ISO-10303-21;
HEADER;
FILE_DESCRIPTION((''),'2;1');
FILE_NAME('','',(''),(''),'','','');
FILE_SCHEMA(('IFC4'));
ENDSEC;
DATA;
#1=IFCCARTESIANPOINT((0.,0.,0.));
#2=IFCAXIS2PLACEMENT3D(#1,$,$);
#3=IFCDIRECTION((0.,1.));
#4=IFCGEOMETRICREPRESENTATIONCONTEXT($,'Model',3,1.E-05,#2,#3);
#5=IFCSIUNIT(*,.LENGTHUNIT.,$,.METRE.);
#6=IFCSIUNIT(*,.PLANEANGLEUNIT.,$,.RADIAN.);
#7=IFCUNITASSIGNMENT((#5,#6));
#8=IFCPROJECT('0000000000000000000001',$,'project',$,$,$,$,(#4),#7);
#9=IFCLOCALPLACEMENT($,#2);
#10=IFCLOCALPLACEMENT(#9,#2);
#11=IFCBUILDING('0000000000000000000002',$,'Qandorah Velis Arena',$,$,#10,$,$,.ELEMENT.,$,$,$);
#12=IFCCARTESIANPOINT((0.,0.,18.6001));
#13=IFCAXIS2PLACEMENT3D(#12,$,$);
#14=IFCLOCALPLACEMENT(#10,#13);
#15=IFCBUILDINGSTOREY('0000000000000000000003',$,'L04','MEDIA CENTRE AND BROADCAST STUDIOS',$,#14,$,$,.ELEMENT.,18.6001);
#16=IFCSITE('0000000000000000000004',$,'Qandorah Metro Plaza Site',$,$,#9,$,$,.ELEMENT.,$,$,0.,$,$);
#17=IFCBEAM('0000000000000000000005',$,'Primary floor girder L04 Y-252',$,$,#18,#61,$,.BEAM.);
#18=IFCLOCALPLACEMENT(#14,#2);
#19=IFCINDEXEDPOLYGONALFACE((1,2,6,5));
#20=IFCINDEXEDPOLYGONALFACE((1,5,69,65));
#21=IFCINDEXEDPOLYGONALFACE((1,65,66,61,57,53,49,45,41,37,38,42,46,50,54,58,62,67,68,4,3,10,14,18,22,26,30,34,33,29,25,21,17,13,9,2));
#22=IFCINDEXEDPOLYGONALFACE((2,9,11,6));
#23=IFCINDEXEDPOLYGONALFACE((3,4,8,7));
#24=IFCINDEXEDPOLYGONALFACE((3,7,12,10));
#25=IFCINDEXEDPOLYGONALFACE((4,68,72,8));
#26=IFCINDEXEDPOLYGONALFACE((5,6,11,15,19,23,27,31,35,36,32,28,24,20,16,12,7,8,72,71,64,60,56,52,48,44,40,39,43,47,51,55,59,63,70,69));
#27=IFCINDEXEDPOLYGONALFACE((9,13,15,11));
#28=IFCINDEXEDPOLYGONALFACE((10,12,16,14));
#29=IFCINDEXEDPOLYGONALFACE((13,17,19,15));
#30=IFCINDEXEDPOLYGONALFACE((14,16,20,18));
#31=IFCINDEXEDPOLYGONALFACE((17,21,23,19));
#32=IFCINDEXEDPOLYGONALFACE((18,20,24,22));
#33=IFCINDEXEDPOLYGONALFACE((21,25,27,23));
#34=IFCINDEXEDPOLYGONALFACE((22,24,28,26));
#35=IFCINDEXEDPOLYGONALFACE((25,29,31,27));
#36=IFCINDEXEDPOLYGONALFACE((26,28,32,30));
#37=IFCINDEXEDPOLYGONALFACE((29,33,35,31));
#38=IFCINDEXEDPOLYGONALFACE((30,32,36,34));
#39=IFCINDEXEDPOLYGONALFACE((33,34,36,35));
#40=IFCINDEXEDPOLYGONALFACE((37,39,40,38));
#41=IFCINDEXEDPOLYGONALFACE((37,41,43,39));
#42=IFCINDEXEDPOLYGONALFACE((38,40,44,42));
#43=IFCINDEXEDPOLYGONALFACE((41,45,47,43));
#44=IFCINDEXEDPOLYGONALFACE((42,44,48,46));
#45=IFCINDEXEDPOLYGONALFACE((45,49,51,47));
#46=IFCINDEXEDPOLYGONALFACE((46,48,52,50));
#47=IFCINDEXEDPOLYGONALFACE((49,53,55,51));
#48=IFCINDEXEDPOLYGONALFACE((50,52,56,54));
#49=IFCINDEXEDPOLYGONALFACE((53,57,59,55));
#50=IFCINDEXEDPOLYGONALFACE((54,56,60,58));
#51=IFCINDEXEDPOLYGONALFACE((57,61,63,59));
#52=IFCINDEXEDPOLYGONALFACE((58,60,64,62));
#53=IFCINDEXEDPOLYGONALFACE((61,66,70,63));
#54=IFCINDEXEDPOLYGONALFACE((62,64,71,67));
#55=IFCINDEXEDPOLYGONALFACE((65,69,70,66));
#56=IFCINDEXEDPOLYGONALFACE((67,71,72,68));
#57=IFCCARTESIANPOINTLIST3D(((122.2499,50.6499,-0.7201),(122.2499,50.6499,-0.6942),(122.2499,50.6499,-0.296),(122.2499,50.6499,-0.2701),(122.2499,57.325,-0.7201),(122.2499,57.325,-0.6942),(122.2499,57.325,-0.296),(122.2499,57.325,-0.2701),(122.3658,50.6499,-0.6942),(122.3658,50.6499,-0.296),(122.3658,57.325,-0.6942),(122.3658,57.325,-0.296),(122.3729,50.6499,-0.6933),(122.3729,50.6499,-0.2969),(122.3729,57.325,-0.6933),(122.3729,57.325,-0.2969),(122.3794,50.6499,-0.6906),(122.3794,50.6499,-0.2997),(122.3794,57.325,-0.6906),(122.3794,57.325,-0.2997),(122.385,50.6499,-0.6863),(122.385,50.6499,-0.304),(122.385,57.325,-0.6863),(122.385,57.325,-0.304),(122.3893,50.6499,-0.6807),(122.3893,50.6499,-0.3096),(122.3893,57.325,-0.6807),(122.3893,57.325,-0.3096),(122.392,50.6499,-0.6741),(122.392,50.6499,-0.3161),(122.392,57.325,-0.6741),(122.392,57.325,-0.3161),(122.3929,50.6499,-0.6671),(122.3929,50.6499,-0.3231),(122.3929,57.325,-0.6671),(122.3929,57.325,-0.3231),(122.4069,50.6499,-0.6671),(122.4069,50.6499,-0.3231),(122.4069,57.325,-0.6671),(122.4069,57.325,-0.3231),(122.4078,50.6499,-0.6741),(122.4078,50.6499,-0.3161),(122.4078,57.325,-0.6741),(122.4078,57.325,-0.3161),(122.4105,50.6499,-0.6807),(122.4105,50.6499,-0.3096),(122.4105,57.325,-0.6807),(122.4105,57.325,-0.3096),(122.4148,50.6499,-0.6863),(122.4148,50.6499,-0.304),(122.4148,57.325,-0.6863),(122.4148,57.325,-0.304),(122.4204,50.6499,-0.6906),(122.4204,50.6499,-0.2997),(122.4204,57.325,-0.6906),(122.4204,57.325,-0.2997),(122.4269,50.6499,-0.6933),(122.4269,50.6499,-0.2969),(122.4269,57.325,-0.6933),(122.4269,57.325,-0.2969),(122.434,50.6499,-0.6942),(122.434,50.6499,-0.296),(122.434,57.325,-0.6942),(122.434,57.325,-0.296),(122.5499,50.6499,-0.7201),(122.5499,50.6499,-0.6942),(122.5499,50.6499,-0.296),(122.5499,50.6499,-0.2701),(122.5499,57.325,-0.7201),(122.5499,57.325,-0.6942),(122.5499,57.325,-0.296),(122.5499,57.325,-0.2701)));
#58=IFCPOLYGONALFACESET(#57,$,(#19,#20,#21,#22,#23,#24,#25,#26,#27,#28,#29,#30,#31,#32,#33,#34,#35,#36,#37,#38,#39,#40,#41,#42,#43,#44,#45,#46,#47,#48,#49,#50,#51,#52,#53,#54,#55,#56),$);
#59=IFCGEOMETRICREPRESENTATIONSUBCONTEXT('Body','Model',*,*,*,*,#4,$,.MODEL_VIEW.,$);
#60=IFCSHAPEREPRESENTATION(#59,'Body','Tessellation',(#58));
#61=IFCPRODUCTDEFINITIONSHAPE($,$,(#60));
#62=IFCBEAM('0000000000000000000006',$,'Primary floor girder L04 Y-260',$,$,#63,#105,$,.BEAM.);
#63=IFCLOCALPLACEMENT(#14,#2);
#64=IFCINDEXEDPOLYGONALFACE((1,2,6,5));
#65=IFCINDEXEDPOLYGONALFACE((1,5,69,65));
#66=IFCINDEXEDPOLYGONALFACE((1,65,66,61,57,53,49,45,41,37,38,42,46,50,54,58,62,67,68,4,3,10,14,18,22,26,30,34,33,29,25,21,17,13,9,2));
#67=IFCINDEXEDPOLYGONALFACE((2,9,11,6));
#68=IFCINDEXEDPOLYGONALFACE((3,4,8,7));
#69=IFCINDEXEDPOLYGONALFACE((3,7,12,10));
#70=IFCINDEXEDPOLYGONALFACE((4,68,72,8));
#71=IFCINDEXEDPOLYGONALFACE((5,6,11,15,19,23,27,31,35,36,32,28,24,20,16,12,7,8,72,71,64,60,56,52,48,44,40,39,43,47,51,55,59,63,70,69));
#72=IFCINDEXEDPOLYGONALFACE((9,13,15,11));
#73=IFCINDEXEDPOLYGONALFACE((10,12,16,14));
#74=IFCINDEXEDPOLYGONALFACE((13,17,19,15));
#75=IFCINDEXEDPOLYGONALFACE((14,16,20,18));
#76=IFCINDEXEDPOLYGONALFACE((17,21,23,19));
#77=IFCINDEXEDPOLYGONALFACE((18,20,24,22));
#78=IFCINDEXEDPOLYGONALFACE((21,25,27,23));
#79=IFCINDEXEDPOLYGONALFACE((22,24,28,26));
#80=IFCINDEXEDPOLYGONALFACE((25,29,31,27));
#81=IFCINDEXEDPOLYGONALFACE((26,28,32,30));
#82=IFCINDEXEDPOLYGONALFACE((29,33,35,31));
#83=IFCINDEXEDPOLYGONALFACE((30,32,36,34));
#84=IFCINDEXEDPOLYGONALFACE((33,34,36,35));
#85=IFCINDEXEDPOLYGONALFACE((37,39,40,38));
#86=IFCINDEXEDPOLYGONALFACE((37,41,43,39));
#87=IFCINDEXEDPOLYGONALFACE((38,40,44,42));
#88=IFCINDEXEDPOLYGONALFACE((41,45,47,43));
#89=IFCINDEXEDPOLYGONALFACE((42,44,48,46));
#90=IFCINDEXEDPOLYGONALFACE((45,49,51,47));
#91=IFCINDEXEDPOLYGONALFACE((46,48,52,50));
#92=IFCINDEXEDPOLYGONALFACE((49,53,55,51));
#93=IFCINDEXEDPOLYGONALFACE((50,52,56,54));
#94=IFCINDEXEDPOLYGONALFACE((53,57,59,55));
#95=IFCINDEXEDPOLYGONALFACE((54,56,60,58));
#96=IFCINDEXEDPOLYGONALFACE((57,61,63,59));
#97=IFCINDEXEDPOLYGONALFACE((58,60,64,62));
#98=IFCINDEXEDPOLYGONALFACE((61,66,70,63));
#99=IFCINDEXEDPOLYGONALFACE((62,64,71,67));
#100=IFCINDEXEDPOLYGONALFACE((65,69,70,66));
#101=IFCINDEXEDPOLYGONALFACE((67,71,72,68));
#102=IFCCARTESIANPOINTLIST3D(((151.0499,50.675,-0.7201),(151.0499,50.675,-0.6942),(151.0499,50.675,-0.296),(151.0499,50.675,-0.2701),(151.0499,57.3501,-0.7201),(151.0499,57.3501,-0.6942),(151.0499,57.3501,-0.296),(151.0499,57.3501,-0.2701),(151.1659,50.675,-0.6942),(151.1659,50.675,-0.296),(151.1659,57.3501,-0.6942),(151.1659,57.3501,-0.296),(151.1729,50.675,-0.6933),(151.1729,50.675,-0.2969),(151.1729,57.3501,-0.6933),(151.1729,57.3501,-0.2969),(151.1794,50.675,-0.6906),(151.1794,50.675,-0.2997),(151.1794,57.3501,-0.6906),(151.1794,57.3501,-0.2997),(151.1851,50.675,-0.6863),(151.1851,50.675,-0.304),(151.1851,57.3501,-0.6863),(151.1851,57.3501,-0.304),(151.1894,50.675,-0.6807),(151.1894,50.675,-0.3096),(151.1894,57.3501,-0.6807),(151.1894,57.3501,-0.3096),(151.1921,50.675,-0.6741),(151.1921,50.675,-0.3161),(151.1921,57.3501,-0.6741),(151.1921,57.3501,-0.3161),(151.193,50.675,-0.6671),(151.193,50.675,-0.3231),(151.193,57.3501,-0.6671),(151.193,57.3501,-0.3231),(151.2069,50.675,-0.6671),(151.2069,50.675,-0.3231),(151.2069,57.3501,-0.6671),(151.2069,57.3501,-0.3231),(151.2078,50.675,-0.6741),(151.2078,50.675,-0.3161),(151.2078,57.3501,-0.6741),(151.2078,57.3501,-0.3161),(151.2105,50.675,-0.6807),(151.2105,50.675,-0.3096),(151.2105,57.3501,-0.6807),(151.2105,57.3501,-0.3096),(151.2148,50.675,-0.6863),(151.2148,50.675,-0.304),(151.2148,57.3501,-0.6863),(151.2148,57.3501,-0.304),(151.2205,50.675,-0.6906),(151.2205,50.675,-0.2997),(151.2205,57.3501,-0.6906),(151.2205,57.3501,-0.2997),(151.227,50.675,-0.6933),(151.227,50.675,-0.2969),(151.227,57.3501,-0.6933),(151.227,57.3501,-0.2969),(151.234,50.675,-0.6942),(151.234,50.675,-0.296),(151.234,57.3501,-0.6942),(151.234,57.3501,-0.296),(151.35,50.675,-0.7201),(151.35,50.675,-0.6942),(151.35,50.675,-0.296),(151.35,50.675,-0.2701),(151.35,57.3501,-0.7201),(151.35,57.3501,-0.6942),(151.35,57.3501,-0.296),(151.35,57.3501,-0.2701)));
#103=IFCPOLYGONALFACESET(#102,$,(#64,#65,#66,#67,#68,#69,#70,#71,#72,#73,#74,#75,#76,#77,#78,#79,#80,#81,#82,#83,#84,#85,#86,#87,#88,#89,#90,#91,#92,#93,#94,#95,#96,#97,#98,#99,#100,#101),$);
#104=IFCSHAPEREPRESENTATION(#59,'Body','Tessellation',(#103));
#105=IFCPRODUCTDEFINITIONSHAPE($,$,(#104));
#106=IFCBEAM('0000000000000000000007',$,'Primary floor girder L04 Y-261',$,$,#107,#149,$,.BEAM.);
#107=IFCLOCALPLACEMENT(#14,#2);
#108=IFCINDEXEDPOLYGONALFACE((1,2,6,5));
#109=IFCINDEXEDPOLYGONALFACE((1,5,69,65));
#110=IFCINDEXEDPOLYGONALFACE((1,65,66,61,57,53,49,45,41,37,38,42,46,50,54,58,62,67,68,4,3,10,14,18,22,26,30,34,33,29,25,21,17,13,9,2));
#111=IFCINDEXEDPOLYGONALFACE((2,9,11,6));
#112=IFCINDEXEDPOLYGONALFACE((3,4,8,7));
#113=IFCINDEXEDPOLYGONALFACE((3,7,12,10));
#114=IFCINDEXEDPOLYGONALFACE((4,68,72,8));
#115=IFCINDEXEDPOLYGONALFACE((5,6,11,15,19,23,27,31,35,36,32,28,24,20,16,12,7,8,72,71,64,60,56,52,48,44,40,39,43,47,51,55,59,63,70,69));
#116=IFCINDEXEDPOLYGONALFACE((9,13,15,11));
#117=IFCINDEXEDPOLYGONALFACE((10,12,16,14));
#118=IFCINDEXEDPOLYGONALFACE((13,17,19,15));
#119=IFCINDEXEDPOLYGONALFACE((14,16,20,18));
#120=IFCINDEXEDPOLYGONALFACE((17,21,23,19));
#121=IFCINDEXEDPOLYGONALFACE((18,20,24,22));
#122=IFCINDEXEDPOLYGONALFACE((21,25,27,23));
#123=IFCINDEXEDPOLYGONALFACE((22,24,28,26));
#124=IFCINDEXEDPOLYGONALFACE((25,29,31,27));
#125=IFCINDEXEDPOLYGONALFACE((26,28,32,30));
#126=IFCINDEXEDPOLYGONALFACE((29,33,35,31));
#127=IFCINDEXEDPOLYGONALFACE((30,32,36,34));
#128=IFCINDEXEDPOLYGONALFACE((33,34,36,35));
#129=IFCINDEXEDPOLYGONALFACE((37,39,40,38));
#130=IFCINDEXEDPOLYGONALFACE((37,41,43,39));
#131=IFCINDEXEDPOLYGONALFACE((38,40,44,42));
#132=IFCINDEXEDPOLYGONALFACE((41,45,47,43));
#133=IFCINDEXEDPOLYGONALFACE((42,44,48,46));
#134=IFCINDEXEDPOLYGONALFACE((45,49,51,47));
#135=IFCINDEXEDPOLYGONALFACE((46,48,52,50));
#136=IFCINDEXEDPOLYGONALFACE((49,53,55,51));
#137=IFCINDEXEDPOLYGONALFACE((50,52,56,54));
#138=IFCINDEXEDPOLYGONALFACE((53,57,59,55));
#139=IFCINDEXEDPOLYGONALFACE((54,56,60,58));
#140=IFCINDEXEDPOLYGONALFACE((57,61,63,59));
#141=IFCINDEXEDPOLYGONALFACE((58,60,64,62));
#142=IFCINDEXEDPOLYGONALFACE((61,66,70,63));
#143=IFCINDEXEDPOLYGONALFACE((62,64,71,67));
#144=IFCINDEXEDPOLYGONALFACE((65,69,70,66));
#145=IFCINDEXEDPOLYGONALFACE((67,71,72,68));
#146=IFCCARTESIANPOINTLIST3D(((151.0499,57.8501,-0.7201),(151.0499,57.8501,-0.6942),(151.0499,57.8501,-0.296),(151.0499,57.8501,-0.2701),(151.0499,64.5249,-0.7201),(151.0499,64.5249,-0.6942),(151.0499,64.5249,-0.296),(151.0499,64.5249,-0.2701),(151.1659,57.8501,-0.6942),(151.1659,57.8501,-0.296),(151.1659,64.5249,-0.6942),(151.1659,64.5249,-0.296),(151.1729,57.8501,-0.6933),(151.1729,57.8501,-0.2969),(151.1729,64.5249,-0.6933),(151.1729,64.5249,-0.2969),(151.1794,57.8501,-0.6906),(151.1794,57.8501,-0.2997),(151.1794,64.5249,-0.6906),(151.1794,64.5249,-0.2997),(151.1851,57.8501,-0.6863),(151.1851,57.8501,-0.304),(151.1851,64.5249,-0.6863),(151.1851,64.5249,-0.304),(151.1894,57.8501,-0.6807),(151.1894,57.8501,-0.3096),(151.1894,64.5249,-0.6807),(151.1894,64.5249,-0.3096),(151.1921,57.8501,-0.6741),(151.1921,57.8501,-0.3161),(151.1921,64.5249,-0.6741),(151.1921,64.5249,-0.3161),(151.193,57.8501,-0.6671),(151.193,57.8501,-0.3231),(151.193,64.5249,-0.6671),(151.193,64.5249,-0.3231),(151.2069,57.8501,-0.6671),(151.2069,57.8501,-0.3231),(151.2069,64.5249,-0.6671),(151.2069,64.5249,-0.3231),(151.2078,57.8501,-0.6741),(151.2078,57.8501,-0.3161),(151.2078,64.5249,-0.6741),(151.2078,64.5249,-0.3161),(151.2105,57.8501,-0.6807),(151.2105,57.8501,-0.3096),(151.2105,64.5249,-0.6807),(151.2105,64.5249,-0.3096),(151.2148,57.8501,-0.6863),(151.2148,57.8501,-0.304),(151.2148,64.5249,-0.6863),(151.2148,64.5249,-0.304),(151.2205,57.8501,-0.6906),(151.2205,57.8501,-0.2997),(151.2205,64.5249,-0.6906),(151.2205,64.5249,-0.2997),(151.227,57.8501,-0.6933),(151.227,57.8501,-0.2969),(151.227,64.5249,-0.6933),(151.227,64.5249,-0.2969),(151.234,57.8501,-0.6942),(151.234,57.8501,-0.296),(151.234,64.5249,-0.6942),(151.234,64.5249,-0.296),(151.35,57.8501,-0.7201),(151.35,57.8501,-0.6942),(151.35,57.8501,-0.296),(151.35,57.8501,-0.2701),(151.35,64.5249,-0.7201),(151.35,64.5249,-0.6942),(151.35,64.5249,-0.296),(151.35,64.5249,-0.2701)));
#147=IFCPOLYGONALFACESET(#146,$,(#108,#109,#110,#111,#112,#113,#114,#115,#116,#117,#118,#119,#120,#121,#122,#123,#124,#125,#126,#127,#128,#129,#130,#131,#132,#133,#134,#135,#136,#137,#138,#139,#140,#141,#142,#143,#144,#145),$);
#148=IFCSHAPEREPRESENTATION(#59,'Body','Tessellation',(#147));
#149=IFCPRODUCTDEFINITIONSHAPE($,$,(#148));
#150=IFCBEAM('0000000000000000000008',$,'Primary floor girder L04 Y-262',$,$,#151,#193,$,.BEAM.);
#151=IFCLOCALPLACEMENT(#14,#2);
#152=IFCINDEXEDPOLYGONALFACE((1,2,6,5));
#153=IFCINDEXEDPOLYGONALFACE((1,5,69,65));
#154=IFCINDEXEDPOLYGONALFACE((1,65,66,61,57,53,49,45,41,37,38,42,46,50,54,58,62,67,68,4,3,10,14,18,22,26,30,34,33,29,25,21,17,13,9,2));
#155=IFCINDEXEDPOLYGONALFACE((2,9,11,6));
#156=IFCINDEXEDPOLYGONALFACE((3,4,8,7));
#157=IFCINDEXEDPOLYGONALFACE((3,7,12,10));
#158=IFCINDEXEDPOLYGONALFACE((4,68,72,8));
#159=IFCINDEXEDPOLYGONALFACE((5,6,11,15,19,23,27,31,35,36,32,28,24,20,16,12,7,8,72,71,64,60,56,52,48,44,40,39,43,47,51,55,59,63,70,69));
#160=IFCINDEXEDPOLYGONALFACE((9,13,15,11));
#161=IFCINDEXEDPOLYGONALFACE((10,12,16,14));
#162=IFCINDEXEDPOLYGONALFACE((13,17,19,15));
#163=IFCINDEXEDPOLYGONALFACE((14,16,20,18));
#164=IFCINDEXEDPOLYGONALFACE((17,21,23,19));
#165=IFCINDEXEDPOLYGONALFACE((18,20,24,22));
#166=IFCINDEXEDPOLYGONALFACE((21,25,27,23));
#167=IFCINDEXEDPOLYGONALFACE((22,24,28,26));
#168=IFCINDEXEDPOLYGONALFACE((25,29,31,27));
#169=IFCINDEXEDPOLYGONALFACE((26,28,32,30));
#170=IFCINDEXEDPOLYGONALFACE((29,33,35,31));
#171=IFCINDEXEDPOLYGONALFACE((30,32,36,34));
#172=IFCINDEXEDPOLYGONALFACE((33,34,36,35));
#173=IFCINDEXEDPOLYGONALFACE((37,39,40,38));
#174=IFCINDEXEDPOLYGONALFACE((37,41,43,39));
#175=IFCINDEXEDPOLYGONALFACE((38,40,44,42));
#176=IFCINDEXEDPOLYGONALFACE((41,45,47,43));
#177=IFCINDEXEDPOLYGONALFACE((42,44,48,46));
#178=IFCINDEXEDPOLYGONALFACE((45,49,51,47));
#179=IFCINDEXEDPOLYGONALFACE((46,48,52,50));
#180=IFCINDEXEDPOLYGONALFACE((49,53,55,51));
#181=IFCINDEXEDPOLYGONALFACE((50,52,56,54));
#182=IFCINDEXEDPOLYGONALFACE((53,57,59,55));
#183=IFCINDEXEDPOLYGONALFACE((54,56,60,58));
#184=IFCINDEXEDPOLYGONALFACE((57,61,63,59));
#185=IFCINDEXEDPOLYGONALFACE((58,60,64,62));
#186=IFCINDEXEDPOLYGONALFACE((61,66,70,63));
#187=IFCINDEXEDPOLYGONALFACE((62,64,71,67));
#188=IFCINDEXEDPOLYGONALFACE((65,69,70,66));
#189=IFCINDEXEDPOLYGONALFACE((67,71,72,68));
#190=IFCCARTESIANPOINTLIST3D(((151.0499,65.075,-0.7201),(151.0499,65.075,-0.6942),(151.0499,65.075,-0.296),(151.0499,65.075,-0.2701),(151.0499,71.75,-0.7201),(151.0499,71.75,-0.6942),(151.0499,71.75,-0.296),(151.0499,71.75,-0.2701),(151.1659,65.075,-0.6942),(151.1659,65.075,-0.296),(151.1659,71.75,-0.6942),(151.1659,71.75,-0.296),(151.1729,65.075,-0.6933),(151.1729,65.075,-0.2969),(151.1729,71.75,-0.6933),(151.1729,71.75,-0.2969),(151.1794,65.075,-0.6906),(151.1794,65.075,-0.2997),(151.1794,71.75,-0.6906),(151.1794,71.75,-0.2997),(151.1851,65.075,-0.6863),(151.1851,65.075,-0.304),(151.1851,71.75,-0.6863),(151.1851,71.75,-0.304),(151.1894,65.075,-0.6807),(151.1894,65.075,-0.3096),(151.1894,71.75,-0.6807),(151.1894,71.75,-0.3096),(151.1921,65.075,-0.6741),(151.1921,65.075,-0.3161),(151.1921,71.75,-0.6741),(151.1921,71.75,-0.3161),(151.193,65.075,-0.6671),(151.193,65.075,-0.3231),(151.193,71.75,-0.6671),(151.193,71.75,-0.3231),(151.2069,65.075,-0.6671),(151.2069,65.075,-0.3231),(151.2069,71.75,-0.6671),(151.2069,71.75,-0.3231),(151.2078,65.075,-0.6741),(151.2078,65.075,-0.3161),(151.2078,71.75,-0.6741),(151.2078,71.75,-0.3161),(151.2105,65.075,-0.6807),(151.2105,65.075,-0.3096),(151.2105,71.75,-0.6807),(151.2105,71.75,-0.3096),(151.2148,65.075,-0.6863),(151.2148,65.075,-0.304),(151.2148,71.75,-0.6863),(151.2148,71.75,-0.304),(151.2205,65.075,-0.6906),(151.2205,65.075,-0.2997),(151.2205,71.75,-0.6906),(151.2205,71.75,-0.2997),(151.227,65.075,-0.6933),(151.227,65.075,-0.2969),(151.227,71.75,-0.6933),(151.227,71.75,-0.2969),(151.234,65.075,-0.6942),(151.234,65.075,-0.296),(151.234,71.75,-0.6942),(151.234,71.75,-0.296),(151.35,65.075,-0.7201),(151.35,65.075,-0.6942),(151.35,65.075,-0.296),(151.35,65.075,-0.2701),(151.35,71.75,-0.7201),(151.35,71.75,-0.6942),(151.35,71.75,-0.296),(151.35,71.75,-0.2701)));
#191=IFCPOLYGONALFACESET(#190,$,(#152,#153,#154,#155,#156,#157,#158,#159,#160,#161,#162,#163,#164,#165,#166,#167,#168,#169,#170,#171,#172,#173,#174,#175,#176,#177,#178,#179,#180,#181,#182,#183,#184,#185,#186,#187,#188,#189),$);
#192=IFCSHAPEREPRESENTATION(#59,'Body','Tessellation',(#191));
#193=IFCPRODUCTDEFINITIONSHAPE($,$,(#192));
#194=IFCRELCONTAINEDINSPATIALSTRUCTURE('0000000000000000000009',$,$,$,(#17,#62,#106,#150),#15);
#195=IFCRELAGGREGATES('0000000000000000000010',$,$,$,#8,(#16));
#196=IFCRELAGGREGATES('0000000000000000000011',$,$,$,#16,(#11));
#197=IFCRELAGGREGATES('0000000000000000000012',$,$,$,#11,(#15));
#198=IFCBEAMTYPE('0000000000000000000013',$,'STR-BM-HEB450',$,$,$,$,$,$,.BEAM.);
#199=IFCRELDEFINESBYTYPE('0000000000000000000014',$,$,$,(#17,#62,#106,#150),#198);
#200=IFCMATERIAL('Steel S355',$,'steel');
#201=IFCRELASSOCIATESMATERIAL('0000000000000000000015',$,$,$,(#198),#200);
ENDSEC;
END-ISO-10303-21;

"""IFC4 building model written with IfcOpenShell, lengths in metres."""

from ifc_helpers import new_model, si_unit, direction, frame, origin, origin_2d, place, context, subcontext, project, spatial, i_section, extrude, material, material_profile, profile_set, type_object, element, save


model = new_model("IFC4")

# Units and contexts
model_context = context("Model", 3, precision=1e-05, world=origin(), true_north=direction((0.0, 1.0)))
body_context = subcontext(model_context, "Body", "Model", "MODEL_VIEW")
ifc_project = project(units=[si_unit("LENGTHUNIT", "METRE"), si_unit("PLANEANGLEUNIT", "RADIAN")], contexts=[model_context])

# Site, building, storey
site_placement = place(None, origin())
site = spatial("IfcSite", under=ifc_project, at=site_placement, Name="Qandorah Metro Plaza Site", CompositionType="ELEMENT", RefElevation=0.0)
building_placement = place(site_placement, origin())
building = spatial("IfcBuilding", under=site, at=building_placement, Name="Qandorah Velis Arena", CompositionType="ELEMENT")
storey_placement = place(building_placement, frame((0.0, 0.0, 18.6001)))
storey = spatial("IfcBuildingStorey", under=building, at=storey_placement, Name="L04", Description="MEDIA CENTRE AND BROADCAST STUDIOS", CompositionType="ELEMENT", Elevation=18.6001)

# Beams
ifc_material_1 = material(Name="Steel S355", Category="steel")
ifc_material_profile_1 = material_profile(ifc_material_1, i_section(OverallWidth=0.3, OverallDepth=0.45, WebThickness=0.0139, FlangeThickness=0.0259, FilletRadius=0.0271, at=origin_2d()), Name="HEB 450")
ifc_profile_set_1 = profile_set([ifc_material_profile_1], Name="Steel S355")
beam_type_1 = type_object("IfcBeamType", Name="STR-BM-HEB450", PredefinedType="BEAM", material=ifc_profile_set_1)
for number, where, z_axis, x_axis, name in (
    (1, (122.3999, 50.6499, -0.4951), (0.0, 1.0, 0.0), (-1.0, 0.0, 0.0), "Primary floor girder L04 Y-252"),
    (2, (151.2, 50.675, -0.4951), (0.0, 1.0, 0.0), (-1.0, 0.0, 0.0), "Primary floor girder L04 Y-260"),
):
    element("IfcBeam", number, at=place(storey_placement, frame(where, z_axis=z_axis, x_axis=x_axis)), inside=storey, type_object=beam_type_1, Name=name, PredefinedType="BEAM", context=body_context, shape_type="SweptSolid", body=[
        extrude(i_section(OverallWidth=0.3, OverallDepth=0.45, WebThickness=0.0139, FlangeThickness=0.0259, FilletRadius=0.0271, at=origin_2d()), origin(), (0.0, 0.0, 1.0), 6.675),
    ])
beam_1_placement = place(storey_placement, frame((151.2, 57.8501, -0.4951), z_axis=(0.0, 1.0, 0.0), x_axis=(-1.0, 0.0, 0.0)))
element("IfcBeam", 3, at=beam_1_placement, inside=storey, type_object=beam_type_1, Name="Primary floor girder L04 Y-261", PredefinedType="BEAM", context=body_context, shape_type="SweptSolid", body=[
    extrude(i_section(OverallWidth=0.3, OverallDepth=0.45, WebThickness=0.0139, FlangeThickness=0.0259, FilletRadius=0.0271, at=origin_2d()), origin(), (0.0, 0.0, 1.0), 6.6748),
])
beam_2_placement = place(storey_placement, frame((151.2, 65.075, -0.4951), z_axis=(0.0, 1.0, 0.0), x_axis=(-1.0, 0.0, 0.0)))
element("IfcBeam", 4, at=beam_2_placement, inside=storey, type_object=beam_type_1, Name="Primary floor girder L04 Y-262", PredefinedType="BEAM", context=body_context, shape_type="SweptSolid", body=[
    extrude(i_section(OverallWidth=0.3, OverallDepth=0.45, WebThickness=0.0139, FlangeThickness=0.0259, FilletRadius=0.0271, at=origin_2d()), origin(), (0.0, 0.0, 1.0), 6.675),
])

save(model, "model.ifc")
